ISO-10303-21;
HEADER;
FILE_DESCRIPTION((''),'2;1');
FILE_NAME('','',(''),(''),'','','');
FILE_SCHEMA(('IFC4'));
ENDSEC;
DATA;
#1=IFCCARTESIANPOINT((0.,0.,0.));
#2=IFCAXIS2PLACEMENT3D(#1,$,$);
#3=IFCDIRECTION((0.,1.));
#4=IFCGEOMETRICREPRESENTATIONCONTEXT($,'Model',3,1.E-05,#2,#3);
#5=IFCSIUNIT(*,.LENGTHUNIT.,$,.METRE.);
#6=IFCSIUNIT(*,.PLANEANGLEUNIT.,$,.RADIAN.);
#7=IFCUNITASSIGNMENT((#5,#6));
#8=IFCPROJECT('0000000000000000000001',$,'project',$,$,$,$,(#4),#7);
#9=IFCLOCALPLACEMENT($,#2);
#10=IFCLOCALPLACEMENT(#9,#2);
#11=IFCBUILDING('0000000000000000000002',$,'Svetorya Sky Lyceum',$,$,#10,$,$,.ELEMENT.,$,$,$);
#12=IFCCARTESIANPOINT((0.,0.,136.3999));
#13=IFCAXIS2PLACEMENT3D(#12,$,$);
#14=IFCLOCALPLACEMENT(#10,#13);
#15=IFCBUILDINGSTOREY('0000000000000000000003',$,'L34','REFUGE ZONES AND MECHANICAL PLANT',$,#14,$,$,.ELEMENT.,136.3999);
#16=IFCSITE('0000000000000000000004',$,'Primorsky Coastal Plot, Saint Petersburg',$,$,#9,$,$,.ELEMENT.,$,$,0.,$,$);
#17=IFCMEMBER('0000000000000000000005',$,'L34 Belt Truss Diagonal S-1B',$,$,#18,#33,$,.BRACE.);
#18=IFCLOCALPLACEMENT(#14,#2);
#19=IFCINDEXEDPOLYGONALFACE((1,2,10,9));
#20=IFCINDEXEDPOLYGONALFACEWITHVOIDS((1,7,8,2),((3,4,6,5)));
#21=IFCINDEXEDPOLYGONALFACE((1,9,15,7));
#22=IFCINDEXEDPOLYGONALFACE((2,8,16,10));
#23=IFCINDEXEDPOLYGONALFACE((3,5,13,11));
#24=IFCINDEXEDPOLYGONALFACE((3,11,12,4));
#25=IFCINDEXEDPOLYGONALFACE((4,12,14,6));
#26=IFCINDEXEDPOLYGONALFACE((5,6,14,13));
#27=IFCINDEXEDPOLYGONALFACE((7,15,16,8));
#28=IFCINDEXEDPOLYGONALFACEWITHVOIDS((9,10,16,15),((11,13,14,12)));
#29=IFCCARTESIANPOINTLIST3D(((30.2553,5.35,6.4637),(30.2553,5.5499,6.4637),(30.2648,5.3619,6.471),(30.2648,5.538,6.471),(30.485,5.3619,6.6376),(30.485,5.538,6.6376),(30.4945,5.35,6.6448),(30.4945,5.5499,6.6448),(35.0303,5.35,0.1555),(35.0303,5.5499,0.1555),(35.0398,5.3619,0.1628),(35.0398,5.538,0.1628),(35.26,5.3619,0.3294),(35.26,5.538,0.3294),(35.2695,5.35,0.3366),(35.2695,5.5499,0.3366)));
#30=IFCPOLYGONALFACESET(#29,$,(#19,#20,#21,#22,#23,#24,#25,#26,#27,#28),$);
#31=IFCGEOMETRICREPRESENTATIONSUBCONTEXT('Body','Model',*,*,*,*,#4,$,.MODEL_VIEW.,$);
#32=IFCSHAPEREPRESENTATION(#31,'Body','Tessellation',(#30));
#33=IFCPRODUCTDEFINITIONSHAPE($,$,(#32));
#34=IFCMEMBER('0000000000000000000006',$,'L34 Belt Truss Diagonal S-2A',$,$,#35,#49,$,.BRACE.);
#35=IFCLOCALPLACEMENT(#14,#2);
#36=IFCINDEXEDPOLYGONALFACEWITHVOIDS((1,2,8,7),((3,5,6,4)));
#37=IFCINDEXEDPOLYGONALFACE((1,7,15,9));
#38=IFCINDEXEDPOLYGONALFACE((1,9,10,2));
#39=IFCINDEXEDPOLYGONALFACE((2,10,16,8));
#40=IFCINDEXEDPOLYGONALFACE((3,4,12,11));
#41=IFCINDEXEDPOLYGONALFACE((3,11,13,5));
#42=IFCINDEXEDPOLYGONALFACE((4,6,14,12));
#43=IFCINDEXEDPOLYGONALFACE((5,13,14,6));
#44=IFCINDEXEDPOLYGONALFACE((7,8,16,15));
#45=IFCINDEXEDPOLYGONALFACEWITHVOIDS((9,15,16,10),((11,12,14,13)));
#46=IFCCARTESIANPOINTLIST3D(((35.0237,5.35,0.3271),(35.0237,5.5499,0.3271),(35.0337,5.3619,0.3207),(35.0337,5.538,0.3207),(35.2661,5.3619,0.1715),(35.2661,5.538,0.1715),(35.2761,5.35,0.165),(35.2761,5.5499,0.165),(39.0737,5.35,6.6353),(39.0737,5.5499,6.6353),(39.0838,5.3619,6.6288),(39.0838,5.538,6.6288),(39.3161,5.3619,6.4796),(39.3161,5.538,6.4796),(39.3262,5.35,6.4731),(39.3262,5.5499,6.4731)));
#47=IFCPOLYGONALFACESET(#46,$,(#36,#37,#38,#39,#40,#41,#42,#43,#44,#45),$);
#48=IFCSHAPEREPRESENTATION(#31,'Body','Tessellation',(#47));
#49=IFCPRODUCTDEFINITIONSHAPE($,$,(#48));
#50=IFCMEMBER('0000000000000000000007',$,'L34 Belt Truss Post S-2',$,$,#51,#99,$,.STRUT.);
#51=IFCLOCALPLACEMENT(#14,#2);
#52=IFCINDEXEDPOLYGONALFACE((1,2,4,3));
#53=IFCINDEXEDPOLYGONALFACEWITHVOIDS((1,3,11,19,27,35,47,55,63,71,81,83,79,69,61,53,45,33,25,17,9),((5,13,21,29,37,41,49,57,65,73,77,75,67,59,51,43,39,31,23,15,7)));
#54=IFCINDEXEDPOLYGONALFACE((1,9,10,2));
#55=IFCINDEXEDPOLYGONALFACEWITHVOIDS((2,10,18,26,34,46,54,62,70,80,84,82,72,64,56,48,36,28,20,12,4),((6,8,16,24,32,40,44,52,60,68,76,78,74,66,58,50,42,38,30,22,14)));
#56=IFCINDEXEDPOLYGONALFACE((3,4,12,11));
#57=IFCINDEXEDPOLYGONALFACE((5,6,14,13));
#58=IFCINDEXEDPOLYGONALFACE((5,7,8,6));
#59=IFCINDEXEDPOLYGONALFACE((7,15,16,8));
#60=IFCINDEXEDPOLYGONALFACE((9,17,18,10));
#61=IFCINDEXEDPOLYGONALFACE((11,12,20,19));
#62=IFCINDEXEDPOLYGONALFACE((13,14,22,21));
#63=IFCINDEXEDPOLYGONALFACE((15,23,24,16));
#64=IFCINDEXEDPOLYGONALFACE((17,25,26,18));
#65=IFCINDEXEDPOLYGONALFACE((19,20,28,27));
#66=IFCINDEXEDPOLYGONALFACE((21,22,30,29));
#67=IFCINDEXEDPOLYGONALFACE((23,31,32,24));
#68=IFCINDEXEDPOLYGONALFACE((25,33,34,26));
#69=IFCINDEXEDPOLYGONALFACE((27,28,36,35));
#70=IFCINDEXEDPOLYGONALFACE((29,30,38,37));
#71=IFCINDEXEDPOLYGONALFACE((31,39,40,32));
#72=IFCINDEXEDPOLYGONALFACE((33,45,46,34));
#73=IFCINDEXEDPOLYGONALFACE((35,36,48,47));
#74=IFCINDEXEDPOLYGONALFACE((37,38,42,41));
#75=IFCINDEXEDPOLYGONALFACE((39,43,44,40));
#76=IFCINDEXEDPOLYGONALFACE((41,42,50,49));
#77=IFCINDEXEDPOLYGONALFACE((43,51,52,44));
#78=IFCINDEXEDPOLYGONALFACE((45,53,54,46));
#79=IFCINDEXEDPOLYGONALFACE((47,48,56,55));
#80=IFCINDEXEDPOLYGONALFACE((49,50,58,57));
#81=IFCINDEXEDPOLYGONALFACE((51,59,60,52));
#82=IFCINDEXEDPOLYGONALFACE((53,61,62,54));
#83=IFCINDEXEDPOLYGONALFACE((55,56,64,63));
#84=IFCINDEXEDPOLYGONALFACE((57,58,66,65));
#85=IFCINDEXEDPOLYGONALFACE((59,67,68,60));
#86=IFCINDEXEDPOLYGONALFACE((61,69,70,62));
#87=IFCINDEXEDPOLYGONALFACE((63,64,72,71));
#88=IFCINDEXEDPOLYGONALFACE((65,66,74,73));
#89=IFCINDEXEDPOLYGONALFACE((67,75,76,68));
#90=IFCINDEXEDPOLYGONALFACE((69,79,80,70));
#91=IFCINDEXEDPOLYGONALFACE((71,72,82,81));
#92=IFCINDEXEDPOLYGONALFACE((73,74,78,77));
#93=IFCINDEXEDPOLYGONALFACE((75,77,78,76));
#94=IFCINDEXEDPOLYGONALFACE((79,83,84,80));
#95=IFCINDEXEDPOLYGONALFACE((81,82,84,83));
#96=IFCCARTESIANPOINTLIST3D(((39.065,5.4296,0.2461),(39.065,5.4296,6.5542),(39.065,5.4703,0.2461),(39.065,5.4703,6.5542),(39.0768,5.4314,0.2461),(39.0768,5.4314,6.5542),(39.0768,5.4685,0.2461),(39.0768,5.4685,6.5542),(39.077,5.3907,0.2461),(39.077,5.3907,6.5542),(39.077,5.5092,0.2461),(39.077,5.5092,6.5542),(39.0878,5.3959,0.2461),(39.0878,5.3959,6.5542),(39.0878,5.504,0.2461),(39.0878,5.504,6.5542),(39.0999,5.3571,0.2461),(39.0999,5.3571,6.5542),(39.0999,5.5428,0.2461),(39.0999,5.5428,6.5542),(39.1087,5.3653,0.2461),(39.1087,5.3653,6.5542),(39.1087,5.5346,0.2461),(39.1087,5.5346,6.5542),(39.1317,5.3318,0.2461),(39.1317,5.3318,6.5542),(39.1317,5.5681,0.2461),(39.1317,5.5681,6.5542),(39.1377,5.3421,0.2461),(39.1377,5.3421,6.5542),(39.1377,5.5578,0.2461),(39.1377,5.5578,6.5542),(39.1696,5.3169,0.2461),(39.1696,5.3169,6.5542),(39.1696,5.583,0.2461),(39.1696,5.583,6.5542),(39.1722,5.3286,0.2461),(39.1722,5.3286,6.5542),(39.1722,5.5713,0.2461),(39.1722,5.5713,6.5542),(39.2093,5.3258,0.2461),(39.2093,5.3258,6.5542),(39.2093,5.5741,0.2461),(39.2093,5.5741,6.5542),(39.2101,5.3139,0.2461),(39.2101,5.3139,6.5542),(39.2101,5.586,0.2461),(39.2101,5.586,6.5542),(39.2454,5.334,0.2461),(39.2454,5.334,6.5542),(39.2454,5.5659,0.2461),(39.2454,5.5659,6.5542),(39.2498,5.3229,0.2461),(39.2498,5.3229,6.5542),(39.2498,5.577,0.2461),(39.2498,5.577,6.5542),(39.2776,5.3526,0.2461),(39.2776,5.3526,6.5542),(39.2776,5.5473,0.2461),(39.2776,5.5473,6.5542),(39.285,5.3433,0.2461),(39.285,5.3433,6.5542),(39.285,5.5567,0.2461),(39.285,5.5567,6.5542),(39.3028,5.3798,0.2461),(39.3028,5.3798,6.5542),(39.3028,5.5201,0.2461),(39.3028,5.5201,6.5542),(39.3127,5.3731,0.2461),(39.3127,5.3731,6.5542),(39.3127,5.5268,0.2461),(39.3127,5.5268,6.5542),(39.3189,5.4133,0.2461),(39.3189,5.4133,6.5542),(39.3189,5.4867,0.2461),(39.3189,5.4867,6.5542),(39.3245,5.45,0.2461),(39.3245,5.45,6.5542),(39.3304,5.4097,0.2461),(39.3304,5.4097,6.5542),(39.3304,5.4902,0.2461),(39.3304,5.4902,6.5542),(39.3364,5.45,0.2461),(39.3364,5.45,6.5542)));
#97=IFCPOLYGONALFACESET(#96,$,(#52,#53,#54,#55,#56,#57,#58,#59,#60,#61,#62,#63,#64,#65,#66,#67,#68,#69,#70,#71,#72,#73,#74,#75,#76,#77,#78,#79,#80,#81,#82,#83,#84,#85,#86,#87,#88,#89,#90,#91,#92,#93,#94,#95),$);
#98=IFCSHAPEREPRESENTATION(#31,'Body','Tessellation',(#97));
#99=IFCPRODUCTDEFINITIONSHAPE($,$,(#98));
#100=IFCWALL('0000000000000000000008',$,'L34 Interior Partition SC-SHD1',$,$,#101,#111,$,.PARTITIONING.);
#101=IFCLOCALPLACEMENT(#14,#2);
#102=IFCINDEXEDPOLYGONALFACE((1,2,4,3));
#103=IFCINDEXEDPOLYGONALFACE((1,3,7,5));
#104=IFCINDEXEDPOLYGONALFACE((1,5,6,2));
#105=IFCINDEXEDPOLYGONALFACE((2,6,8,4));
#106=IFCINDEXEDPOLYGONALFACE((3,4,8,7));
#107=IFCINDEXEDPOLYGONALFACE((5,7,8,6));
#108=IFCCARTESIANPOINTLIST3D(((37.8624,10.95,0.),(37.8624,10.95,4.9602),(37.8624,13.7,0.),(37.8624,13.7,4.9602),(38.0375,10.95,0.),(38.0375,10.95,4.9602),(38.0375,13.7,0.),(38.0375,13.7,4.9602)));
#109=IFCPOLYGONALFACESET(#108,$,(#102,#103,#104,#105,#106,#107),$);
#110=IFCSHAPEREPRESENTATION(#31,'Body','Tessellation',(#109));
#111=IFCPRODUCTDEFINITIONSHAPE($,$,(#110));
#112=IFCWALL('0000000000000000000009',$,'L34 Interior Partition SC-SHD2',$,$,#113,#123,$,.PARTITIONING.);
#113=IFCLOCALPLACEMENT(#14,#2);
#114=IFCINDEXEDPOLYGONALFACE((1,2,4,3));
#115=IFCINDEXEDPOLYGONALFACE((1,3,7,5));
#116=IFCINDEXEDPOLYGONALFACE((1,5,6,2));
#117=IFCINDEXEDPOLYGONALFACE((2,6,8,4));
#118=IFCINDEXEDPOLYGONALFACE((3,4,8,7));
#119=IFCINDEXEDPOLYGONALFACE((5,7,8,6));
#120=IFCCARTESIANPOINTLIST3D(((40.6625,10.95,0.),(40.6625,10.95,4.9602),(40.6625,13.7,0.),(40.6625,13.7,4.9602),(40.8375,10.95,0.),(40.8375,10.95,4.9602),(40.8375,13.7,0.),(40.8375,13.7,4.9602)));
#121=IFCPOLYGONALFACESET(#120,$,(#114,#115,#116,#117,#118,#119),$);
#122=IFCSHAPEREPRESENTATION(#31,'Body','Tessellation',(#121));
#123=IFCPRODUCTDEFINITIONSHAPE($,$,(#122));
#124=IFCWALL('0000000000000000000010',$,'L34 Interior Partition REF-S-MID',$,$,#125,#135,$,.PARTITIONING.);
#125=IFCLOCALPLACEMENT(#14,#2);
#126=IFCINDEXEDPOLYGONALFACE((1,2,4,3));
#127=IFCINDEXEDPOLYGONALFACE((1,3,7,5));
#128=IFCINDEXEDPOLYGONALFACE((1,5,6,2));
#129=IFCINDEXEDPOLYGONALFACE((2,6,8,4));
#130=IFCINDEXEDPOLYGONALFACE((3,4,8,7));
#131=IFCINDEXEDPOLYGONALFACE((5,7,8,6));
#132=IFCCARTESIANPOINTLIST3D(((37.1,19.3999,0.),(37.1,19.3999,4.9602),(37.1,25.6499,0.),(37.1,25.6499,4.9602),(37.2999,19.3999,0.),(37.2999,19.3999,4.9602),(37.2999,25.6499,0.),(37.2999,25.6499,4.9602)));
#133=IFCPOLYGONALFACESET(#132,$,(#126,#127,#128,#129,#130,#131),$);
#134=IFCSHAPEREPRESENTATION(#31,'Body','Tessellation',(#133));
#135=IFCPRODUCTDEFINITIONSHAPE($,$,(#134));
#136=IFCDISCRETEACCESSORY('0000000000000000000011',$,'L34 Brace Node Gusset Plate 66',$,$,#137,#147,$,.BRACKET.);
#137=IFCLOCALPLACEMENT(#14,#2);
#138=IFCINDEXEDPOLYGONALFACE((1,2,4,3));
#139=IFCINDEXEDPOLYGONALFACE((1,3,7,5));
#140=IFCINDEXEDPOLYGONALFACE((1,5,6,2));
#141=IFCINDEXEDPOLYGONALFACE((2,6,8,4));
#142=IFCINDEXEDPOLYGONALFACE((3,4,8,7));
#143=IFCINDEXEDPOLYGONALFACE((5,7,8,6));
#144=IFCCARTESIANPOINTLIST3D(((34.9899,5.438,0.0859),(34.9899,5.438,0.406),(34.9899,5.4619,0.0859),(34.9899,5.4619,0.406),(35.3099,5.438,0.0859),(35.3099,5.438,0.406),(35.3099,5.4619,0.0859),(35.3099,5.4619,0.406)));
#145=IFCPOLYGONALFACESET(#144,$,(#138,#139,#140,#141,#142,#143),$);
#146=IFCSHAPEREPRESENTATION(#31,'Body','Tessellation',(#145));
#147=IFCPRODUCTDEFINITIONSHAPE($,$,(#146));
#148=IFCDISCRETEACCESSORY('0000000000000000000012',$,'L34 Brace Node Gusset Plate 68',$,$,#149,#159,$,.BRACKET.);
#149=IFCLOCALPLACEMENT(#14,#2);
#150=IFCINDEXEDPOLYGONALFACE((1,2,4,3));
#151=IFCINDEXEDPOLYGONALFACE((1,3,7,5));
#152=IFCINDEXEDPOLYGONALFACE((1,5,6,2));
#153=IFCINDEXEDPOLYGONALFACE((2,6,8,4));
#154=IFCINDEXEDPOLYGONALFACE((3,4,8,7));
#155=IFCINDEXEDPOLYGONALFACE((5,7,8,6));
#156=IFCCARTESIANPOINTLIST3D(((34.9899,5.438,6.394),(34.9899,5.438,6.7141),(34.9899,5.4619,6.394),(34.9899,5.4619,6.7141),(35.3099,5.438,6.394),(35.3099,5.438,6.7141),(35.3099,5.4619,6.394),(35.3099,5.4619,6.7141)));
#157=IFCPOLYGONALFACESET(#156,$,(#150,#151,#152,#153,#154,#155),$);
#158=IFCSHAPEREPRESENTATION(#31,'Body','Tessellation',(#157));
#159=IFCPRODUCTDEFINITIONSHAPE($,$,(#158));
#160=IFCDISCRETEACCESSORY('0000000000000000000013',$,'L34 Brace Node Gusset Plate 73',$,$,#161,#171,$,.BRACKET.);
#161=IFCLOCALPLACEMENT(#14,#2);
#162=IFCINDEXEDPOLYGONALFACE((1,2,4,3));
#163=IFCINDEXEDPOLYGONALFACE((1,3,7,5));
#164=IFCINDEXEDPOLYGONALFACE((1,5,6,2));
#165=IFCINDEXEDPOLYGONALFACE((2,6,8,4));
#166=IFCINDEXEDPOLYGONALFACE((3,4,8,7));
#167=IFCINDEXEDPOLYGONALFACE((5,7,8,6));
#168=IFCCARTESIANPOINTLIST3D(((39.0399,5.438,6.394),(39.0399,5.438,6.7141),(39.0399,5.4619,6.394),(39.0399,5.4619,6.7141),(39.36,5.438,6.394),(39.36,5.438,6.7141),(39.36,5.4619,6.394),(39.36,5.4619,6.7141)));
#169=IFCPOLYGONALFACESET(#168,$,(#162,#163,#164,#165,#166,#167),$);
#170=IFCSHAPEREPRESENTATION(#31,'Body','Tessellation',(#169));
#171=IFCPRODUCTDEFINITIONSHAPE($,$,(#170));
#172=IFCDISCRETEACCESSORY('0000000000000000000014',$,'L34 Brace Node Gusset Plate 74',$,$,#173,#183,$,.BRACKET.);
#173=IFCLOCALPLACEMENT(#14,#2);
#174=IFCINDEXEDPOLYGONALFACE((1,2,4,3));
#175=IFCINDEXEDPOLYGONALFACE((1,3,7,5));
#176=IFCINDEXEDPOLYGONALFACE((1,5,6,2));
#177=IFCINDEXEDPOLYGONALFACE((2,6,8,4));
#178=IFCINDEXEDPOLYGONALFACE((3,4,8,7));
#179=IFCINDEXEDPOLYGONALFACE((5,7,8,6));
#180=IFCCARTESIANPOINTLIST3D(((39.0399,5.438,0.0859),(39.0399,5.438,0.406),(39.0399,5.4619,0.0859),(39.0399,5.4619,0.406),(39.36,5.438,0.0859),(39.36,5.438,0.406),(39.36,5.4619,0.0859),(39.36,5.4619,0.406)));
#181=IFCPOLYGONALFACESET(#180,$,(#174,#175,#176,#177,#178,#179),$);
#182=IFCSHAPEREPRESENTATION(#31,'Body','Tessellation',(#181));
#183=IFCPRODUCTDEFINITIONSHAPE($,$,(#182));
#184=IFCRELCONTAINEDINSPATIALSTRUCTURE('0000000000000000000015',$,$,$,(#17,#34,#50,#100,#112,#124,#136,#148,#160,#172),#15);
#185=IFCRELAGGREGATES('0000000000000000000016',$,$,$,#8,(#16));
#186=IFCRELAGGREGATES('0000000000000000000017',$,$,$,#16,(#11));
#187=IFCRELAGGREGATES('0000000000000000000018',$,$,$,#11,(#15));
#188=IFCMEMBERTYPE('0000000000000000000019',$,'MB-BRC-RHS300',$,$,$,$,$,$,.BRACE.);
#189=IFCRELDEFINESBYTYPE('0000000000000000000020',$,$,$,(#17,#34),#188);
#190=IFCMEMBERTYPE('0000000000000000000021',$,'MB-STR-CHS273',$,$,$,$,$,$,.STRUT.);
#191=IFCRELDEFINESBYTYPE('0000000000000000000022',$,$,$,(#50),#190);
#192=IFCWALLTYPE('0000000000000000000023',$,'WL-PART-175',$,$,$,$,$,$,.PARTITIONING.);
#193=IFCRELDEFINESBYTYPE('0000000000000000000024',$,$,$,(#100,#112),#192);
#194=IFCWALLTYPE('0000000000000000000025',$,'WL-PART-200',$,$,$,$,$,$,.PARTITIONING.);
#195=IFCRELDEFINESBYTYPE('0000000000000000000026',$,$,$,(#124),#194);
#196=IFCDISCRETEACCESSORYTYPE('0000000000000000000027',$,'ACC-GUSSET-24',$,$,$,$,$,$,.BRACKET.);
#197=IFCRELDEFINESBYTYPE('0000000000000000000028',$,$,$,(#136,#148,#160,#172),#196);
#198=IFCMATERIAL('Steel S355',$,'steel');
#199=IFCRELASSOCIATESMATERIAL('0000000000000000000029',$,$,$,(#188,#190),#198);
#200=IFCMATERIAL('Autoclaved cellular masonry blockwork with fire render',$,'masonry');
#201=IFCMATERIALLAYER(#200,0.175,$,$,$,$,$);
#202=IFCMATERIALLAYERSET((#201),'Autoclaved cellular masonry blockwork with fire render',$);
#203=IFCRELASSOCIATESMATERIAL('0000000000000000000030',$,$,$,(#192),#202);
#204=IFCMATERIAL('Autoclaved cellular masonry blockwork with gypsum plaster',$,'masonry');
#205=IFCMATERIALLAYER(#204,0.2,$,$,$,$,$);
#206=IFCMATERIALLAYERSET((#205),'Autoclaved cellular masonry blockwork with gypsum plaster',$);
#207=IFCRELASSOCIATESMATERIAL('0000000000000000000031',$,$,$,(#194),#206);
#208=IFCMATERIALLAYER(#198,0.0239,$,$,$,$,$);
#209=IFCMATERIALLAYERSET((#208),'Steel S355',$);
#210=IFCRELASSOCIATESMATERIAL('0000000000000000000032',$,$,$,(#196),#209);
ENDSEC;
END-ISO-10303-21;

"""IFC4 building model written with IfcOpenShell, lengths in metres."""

from ifc_helpers import new_model, si_unit, direction, frame, frame_2d, origin, origin_2d, place, context, subcontext, project, spatial, rectangle, hollow_rectangle, hollow_circle, extrude, material, layer, layer_set, material_profile, profile_set, type_object, element, save


model = new_model("IFC4")

# Units and contexts
model_context = context("Model", 3, precision=1e-05, world=origin(), true_north=direction((0.0, 1.0)))
body_context = subcontext(model_context, "Body", "Model", "MODEL_VIEW")
ifc_project = project(units=[si_unit("LENGTHUNIT", "METRE"), si_unit("PLANEANGLEUNIT", "RADIAN")], contexts=[model_context])

# Site, building, storey
site_placement = place(None, origin())
site = spatial("IfcSite", under=ifc_project, at=site_placement, Name="Primorsky Coastal Plot, Saint Petersburg", CompositionType="ELEMENT", RefElevation=0.0)
building_placement = place(site_placement, origin())
building = spatial("IfcBuilding", under=site, at=building_placement, Name="Svetorya Sky Lyceum", CompositionType="ELEMENT")
storey_placement = place(building_placement, frame((0.0, 0.0, 136.3999)))
storey = spatial("IfcBuildingStorey", under=building, at=storey_placement, Name="L34", Description="REFUGE ZONES AND MECHANICAL PLANT", CompositionType="ELEMENT", Elevation=136.3999)

# Shared definitions
ifc_material_1 = material(Name="Steel S355", Category="steel")

# Members
ifc_material_profile_1 = material_profile(ifc_material_1, hollow_rectangle(XDim=0.2, YDim=0.3, WallThickness=0.012, at=origin_2d()), Name="RHS 300x200x12")
ifc_profile_set_1 = profile_set([ifc_material_profile_1], Name="Steel S355")
member_type_1 = type_object("IfcMemberType", Name="MB-BRC-RHS300", PredefinedType="BRACE", material=ifc_profile_set_1)
member_1_placement = place(storey_placement, frame((35.1499, 5.45, 0.2461), z_axis=(-0.603539, 0.0, 0.797333), x_axis=(0.0, -1.0, 0.0)))
element("IfcMember", 1, at=member_1_placement, inside=storey, type_object=member_type_1, Name="L34 Belt Truss Diagonal S-1B", PredefinedType="BRACE", context=body_context, shape_type="SweptSolid", body=[
    extrude(hollow_rectangle(XDim=0.2, YDim=0.3, WallThickness=0.012, at=origin_2d()), origin(), (0.0, 0.0, 1.0), 7.9116),
])
member_2_placement = place(storey_placement, frame((35.1499, 5.45, 0.2461), z_axis=(0.54027, 0.0, 0.841492), x_axis=(0.0, 1.0, 0.0)))
element("IfcMember", 2, at=member_2_placement, inside=storey, type_object=member_type_1, Name="L34 Belt Truss Diagonal S-2A", PredefinedType="BRACE", context=body_context, shape_type="SweptSolid", body=[
    extrude(hollow_rectangle(XDim=0.2, YDim=0.3, WallThickness=0.012, at=origin_2d()), origin(), (0.0, 0.0, 1.0), 7.4963),
])
ifc_material_profile_2 = material_profile(ifc_material_1, hollow_circle(Radius=0.1365, WallThickness=0.012, at=origin_2d()), Name="CHS 273x12")
ifc_profile_set_2 = profile_set([ifc_material_profile_2], Name="Steel S355")
member_type_2 = type_object("IfcMemberType", Name="MB-STR-CHS273", PredefinedType="STRUT", material=ifc_profile_set_2)
member_3_placement = place(storey_placement, frame((39.2, 5.45, 0.2461), z_axis=(0.0, 0.0, 1.0), x_axis=(1.0, 0.0, 0.0)))
element("IfcMember", 3, at=member_3_placement, inside=storey, type_object=member_type_2, Name="L34 Belt Truss Post S-2", PredefinedType="STRUT", context=body_context, shape_type="SweptSolid", body=[
    extrude(hollow_circle(Radius=0.1365, WallThickness=0.012, at=origin_2d()), origin(), (0.0, 0.0, 1.0), 6.3081),
])

# Walls
ifc_material_2 = material(Name="Autoclaved cellular masonry blockwork with fire render", Category="masonry")
ifc_layer_1 = layer(ifc_material_2, 0.175)
ifc_layer_set_1 = layer_set([ifc_layer_1], Name="Autoclaved cellular masonry blockwork with fire render")
wall_type_1 = type_object("IfcWallType", Name="WL-PART-175", PredefinedType="PARTITIONING", material=ifc_layer_set_1)
for number, where, z_axis, x_axis, name in (
    (4, (37.95, 10.95, 0.0), (0.0, 0.0, 1.0), (0.0, 1.0, 0.0), "L34 Interior Partition SC-SHD1"),
    (5, (40.75, 10.95, 0.0), (0.0, 0.0, 1.0), (0.0, 1.0, 0.0), "L34 Interior Partition SC-SHD2"),
):
    element("IfcWall", number, at=place(storey_placement, frame(where, z_axis=z_axis, x_axis=x_axis)), inside=storey, type_object=wall_type_1, Name=name, PredefinedType="PARTITIONING", context=body_context, shape_type="SweptSolid", body=[
        extrude(rectangle(XDim=2.75, YDim=0.175, at=frame_2d((1.375, 0.0))), origin(), (0.0, 0.0, 1.0), 4.9602),
    ])

# Shared definitions
ifc_material_3 = material(Name="Autoclaved cellular masonry blockwork with gypsum plaster", Category="masonry")
ifc_layer_2 = layer(ifc_material_3, 0.2)
ifc_layer_set_2 = layer_set([ifc_layer_2], Name="Autoclaved cellular masonry blockwork with gypsum plaster")
wall_type_2 = type_object("IfcWallType", Name="WL-PART-200", PredefinedType="PARTITIONING", material=ifc_layer_set_2)

# Wall
wall_1_placement = place(storey_placement, frame((37.2, 19.3999, 0.0), z_axis=(0.0, 0.0, 1.0), x_axis=(0.0, 1.0, 0.0)))
element("IfcWall", 6, at=wall_1_placement, inside=storey, type_object=wall_type_2, Name="L34 Interior Partition REF-S-MID", PredefinedType="PARTITIONING", context=body_context, shape_type="SweptSolid", body=[
    extrude(rectangle(XDim=6.25, YDim=0.2, at=frame_2d((3.125, 0.0))), origin(), (0.0, 0.0, 1.0), 4.9602),
])

# Discrete accessories
ifc_layer_3 = layer(ifc_material_1, 0.0239)
ifc_layer_set_3 = layer_set([ifc_layer_3], Name="Steel S355")
discrete_accessory_type = type_object("IfcDiscreteAccessoryType", Name="ACC-GUSSET-24", PredefinedType="BRACKET", material=ifc_layer_set_3)
for number, where, z_axis, x_axis, name in (
    (7, (35.1499, 5.45, 0.0859), (0.0, 0.0, 1.0), (1.0, 0.0, 0.0), "L34 Brace Node Gusset Plate 66"),
    (8, (35.1499, 5.45, 6.394), (0.0, 0.0, 1.0), (1.0, 0.0, 0.0), "L34 Brace Node Gusset Plate 68"),
    (9, (39.2, 5.45, 6.394), (0.0, 0.0, 1.0), (1.0, 0.0, 0.0), "L34 Brace Node Gusset Plate 73"),
    (10, (39.2, 5.45, 0.0859), (0.0, 0.0, 1.0), (1.0, 0.0, 0.0), "L34 Brace Node Gusset Plate 74"),
):
    element("IfcDiscreteAccessory", number, at=place(storey_placement, frame(where, z_axis=z_axis, x_axis=x_axis)), inside=storey, type_object=discrete_accessory_type, Name=name, PredefinedType="BRACKET", context=body_context, shape_type="SweptSolid", body=[
        extrude(rectangle(XDim=0.3201, YDim=0.0239, at=origin_2d()), origin(), (0.0, 0.0, 1.0), 0.3201),
    ])

save(model, "model.ifc")
